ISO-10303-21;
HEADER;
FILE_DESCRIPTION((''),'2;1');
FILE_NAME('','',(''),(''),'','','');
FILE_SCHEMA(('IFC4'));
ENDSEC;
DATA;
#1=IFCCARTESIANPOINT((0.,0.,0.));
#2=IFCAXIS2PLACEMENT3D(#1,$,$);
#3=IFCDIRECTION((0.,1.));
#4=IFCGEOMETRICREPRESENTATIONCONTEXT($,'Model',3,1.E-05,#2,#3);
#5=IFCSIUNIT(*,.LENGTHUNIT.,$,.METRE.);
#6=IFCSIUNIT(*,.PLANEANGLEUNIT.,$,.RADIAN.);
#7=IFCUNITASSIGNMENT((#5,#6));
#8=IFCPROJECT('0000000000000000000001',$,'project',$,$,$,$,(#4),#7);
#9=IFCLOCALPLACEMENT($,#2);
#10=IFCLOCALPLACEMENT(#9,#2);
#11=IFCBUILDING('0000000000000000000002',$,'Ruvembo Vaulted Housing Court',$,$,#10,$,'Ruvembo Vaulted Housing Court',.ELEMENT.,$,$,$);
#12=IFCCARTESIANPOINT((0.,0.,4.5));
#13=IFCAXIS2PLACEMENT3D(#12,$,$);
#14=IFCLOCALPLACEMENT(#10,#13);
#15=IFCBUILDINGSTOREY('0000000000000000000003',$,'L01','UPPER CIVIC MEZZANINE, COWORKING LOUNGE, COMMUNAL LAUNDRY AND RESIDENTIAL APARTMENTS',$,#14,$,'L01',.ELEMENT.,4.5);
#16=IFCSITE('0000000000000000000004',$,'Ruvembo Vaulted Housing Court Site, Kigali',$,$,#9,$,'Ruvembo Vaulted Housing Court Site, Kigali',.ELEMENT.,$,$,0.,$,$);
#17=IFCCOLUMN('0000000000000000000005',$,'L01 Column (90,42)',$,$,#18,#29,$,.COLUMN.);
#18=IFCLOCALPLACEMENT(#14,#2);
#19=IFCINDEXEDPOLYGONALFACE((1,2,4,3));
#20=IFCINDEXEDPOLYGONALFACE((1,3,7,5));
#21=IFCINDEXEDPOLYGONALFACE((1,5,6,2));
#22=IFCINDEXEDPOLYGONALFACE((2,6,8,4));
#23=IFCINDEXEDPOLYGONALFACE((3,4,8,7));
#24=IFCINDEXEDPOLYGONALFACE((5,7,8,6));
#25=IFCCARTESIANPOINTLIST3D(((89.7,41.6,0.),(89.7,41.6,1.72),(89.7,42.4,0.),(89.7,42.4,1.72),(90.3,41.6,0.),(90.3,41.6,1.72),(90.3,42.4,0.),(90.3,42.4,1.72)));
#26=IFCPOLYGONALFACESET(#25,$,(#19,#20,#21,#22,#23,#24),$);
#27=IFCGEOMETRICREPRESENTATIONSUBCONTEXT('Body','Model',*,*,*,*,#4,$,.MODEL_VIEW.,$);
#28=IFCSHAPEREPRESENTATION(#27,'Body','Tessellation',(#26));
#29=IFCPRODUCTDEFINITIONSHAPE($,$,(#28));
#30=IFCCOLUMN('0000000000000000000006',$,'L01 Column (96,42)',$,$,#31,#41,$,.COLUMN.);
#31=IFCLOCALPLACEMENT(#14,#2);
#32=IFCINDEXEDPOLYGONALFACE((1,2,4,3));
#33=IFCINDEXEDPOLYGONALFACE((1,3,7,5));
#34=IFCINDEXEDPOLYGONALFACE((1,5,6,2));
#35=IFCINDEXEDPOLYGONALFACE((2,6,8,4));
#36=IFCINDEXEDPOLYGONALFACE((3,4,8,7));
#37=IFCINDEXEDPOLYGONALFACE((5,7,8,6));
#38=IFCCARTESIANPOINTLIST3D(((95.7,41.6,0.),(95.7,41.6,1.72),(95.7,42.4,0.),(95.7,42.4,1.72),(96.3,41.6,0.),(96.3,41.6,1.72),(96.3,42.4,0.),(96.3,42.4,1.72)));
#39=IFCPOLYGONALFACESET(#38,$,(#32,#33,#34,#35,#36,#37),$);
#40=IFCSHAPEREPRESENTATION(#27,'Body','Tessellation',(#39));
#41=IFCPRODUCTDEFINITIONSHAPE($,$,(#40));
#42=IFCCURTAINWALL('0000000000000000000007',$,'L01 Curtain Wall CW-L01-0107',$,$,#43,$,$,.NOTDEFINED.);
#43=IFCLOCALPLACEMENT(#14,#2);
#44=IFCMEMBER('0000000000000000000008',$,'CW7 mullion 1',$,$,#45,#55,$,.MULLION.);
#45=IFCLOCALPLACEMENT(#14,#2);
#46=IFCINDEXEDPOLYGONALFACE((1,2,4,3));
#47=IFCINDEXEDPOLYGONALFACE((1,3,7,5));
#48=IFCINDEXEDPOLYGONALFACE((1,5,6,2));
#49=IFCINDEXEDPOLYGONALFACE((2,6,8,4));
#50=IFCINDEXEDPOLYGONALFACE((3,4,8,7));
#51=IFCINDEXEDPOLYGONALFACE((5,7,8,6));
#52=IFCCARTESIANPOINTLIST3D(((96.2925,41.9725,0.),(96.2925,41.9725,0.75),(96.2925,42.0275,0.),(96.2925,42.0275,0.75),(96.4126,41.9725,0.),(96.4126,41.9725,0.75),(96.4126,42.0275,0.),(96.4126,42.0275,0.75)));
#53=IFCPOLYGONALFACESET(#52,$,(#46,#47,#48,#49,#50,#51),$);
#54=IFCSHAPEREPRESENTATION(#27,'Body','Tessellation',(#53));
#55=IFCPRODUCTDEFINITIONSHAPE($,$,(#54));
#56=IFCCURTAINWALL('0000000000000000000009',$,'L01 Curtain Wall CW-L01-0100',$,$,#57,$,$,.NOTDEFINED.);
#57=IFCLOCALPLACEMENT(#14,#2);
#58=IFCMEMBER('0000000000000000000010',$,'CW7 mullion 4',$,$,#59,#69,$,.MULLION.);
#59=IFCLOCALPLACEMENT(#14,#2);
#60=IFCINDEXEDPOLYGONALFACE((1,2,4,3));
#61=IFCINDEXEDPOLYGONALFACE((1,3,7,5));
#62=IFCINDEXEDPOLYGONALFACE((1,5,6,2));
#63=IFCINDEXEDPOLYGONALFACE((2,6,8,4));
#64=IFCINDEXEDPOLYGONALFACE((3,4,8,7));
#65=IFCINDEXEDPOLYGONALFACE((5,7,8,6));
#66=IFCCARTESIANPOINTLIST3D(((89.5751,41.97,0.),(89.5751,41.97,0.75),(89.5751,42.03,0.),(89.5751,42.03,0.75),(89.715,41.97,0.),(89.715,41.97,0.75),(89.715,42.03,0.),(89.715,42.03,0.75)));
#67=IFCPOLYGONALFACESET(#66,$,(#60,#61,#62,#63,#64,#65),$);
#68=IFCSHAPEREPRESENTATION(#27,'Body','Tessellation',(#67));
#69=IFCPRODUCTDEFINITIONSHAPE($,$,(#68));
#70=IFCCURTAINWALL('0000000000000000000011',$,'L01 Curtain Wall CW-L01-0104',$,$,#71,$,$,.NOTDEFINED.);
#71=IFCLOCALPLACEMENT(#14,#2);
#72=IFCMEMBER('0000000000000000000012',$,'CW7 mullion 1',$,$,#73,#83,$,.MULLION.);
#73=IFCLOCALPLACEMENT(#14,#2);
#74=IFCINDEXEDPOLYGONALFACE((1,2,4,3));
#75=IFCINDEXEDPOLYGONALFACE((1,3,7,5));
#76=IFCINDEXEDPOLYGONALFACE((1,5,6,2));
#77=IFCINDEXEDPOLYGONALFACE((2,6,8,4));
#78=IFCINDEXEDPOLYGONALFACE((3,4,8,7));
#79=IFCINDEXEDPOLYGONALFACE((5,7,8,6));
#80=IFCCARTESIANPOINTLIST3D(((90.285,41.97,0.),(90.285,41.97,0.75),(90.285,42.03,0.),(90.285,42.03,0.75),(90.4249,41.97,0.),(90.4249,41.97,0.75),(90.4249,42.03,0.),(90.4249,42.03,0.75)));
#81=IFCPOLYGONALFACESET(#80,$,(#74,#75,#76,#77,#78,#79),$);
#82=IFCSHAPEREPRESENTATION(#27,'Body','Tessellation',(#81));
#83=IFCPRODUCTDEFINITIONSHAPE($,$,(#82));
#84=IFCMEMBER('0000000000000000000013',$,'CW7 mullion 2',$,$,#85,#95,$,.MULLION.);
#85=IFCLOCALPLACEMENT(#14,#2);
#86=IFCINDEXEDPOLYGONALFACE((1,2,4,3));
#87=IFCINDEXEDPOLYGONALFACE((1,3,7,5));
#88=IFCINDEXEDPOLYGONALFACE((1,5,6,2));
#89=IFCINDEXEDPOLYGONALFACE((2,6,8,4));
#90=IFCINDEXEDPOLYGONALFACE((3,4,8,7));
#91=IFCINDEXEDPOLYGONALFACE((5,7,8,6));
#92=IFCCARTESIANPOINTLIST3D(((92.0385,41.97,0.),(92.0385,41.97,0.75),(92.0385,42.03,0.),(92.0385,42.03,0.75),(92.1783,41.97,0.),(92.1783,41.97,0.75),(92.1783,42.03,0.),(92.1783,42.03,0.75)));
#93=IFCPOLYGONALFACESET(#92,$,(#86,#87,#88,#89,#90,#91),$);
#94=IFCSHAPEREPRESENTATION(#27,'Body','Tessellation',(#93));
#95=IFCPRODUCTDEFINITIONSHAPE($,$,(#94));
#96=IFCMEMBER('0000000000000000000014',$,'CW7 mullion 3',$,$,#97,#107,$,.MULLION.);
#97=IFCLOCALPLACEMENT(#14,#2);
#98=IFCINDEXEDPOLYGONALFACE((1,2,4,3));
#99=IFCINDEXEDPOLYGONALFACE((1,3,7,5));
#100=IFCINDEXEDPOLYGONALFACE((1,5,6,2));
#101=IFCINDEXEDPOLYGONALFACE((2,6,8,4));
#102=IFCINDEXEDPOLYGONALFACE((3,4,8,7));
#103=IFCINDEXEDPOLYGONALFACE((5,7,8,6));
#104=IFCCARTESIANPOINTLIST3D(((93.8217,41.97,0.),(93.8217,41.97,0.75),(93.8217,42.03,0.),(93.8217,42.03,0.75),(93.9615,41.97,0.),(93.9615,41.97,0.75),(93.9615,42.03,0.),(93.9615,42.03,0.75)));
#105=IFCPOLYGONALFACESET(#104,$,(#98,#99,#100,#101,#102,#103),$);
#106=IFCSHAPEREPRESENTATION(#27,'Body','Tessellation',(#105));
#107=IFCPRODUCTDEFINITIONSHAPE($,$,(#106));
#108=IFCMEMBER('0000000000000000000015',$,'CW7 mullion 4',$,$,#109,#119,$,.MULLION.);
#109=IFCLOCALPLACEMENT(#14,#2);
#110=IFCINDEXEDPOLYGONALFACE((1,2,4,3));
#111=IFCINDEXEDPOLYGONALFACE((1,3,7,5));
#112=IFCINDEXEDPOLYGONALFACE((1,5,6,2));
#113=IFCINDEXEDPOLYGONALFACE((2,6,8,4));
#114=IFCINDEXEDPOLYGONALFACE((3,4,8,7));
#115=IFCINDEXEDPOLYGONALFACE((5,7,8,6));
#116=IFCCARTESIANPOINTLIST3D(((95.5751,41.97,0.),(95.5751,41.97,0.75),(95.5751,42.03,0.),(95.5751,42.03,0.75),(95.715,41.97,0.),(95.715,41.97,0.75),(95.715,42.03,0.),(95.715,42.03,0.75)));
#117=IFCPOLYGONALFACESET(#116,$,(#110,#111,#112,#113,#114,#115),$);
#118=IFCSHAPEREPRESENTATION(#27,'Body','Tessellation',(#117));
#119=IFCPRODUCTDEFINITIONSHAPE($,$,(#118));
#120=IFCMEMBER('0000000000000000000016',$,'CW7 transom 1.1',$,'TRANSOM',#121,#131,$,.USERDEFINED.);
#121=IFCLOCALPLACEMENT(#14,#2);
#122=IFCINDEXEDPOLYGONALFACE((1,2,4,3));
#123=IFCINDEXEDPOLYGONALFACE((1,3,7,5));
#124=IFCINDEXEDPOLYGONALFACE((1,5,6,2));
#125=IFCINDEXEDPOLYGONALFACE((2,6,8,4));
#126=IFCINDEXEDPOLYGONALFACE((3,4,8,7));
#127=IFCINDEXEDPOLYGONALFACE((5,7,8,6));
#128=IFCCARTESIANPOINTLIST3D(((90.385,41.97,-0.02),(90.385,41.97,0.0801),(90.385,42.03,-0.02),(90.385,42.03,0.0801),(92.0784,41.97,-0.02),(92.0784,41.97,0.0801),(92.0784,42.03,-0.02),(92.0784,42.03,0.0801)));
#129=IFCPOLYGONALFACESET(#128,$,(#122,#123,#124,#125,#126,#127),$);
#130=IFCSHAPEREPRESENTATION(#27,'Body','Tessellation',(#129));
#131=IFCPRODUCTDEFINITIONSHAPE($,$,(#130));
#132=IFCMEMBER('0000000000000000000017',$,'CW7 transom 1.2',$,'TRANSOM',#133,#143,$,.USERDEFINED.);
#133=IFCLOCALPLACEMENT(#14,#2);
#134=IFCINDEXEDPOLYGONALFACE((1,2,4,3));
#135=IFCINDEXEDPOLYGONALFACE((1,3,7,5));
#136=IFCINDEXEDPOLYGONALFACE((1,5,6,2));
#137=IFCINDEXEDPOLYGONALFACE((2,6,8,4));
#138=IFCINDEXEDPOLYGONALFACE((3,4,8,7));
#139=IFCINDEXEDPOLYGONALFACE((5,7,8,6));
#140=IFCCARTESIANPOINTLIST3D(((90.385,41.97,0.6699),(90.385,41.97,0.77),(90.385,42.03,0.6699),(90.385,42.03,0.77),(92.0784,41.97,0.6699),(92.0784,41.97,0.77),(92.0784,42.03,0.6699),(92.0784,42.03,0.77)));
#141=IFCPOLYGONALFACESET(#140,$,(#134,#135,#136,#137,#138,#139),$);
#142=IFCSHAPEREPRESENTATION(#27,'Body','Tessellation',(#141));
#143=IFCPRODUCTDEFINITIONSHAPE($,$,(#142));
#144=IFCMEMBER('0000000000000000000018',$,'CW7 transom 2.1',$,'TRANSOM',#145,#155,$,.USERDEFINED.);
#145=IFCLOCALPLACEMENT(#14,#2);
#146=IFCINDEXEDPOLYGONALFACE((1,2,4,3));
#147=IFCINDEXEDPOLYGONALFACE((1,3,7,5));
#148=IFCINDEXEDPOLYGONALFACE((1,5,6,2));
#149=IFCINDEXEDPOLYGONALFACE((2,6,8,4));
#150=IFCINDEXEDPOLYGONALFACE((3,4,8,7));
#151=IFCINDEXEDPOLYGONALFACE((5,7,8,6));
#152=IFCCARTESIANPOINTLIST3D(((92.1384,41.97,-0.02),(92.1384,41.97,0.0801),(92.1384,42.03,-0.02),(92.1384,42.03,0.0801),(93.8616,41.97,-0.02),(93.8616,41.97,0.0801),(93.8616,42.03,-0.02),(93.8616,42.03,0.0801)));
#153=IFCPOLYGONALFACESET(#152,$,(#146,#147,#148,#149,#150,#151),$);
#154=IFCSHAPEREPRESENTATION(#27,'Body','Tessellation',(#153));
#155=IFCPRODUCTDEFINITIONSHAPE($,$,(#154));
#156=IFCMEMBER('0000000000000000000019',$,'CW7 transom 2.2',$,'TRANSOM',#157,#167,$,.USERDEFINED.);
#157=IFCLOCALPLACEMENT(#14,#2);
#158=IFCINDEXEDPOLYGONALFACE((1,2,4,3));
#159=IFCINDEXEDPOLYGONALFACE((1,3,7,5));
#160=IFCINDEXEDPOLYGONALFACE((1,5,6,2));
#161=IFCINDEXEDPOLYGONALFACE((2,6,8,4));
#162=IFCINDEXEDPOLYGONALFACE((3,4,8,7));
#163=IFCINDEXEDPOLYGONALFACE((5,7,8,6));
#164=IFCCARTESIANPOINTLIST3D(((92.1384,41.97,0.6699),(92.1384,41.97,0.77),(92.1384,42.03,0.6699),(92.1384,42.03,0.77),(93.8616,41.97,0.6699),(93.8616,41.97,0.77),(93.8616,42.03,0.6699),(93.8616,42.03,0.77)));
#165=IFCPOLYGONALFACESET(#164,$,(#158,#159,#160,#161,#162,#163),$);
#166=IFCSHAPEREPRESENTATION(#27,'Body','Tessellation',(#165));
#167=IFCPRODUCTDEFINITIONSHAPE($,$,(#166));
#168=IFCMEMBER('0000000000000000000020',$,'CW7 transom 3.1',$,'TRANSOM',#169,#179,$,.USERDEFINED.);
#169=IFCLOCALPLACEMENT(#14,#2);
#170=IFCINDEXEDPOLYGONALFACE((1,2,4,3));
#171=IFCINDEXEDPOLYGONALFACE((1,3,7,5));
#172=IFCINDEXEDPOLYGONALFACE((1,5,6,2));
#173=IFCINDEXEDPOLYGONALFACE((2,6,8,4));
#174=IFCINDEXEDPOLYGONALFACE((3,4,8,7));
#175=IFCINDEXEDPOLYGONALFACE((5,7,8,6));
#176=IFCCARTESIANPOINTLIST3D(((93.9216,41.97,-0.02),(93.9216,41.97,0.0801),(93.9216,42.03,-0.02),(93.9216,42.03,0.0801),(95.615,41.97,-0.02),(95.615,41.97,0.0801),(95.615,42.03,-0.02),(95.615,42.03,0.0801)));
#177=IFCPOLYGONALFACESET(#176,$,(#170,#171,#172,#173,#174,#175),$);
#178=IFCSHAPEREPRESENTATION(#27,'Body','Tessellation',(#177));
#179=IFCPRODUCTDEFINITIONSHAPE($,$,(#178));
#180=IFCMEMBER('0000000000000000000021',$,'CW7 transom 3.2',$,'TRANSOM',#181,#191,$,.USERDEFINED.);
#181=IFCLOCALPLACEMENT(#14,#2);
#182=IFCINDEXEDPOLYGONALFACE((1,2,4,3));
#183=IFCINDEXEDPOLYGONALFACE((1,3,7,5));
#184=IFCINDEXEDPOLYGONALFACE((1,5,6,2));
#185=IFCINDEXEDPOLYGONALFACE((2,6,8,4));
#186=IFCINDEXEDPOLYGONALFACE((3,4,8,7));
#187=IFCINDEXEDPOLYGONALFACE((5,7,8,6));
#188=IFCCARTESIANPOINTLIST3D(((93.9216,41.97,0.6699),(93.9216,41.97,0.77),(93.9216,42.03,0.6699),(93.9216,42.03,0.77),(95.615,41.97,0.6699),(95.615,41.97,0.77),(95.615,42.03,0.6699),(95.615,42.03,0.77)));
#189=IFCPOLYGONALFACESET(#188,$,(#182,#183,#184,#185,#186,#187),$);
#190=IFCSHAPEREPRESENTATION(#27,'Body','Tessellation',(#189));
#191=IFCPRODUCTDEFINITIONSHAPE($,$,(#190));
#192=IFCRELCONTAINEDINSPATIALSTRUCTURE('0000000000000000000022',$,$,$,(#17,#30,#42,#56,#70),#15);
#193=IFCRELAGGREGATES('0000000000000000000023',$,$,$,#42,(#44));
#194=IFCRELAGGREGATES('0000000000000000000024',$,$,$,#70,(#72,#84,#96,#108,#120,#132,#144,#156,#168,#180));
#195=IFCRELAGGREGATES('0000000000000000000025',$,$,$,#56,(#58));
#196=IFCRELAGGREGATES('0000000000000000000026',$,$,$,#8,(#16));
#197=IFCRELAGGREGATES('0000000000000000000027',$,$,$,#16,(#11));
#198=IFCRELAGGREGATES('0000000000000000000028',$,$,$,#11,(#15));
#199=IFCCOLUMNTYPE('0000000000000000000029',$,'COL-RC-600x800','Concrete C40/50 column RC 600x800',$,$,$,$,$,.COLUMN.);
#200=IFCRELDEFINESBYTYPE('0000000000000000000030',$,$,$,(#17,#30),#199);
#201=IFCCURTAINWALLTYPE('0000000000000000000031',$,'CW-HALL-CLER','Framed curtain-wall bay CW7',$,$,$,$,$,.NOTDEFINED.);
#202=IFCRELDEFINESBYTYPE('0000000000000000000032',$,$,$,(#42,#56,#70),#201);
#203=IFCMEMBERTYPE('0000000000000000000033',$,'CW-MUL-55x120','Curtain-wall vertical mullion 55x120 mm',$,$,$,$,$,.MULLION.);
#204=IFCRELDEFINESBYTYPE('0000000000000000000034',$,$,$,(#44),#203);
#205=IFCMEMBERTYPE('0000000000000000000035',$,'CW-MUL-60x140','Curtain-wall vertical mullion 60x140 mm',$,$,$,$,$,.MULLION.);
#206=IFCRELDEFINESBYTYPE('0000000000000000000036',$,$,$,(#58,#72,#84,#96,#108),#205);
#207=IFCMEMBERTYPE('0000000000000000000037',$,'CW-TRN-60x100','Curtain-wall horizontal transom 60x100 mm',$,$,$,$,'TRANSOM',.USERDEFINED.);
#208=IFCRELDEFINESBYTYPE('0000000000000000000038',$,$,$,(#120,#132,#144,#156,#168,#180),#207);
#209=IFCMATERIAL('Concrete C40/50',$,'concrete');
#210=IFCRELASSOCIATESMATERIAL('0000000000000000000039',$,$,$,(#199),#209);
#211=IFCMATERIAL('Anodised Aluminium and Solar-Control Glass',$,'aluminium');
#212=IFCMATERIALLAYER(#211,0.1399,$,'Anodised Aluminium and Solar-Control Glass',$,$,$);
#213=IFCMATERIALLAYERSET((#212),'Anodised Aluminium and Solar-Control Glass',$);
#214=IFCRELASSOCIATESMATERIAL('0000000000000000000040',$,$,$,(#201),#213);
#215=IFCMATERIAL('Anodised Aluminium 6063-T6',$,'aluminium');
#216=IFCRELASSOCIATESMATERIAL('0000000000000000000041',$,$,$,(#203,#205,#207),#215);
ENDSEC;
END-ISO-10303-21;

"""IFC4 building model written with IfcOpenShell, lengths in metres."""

from ifc_helpers import new_model, si_unit, direction, frame, origin, origin_2d, place, context, subcontext, project, spatial, rectangle, extrude, material, layer, layer_set, material_profile, profile_set, type_object, element, aggregate, save


model = new_model("IFC4")

# Units and contexts
model_context = context("Model", 3, precision=1e-05, world=origin(), true_north=direction((0.0, 1.0)))
body_context = subcontext(model_context, "Body", "Model", "MODEL_VIEW")
ifc_project = project(units=[si_unit("LENGTHUNIT", "METRE"), si_unit("PLANEANGLEUNIT", "RADIAN")], contexts=[model_context])

# Site, building, storey
site_placement = place(None, origin())
site = spatial("IfcSite", under=ifc_project, at=site_placement, Name="Ruvembo Vaulted Housing Court Site, Kigali", LongName="Ruvembo Vaulted Housing Court Site, Kigali", CompositionType="ELEMENT", RefElevation=0.0)
building_placement = place(site_placement, origin())
building = spatial("IfcBuilding", under=site, at=building_placement, Name="Ruvembo Vaulted Housing Court", LongName="Ruvembo Vaulted Housing Court", CompositionType="ELEMENT")
storey_placement = place(building_placement, frame((0.0, 0.0, 4.5)))
storey = spatial("IfcBuildingStorey", under=building, at=storey_placement, Name="L01", Description="UPPER CIVIC MEZZANINE, COWORKING LOUNGE, COMMUNAL LAUNDRY AND RESIDENTIAL APARTMENTS", LongName="L01", CompositionType="ELEMENT", Elevation=4.5)

# Columns
ifc_material_1 = material(Name="Concrete C40/50", Category="concrete")
ifc_material_profile_1 = material_profile(ifc_material_1, rectangle(XDim=0.6001, YDim=0.8, at=origin_2d()), Name="RC 600x800")
ifc_profile_set_1 = profile_set([ifc_material_profile_1], Name="Concrete C40/50")
column_type = type_object("IfcColumnType", Name="COL-RC-600x800", Description="Concrete C40/50 column RC 600x800", PredefinedType="COLUMN", material=ifc_profile_set_1)
for number, where, z_axis, x_axis, name in (
    (1, (90.0, 42.0, 0.0), (0.0, 0.0, 1.0), (1.0, 0.0, 0.0), "L01 Column (90,42)"),
    (2, (96.0, 42.0, 0.0), (0.0, 0.0, 1.0), (1.0, 0.0, 0.0), "L01 Column (96,42)"),
):
    element("IfcColumn", number, at=place(storey_placement, frame(where, z_axis=z_axis, x_axis=x_axis)), inside=storey, type_object=column_type, Name=name, PredefinedType="COLUMN", context=body_context, shape_type="SweptSolid", body=[
        extrude(rectangle(XDim=0.6001, YDim=0.8, at=origin_2d()), origin(), (0.0, 0.0, 1.0), 1.72),
    ])

# Curtain walls, members
ifc_material_2 = material(Name="Anodised Aluminium and Solar-Control Glass", Category="aluminium")
ifc_layer_1 = layer(ifc_material_2, 0.1399, Name="Anodised Aluminium and Solar-Control Glass")
ifc_layer_set_1 = layer_set([ifc_layer_1], Name="Anodised Aluminium and Solar-Control Glass")
curtain_wall_type = type_object("IfcCurtainWallType", Name="CW-HALL-CLER", Description="Framed curtain-wall bay CW7", PredefinedType="NOTDEFINED", material=ifc_layer_set_1)
curtain_wall_1_placement = place(storey_placement, origin())
curtain_wall_1 = element("IfcCurtainWall", 3, at=curtain_wall_1_placement, inside=storey, type_object=curtain_wall_type, Name="L01 Curtain Wall CW-L01-0107", PredefinedType="NOTDEFINED")
ifc_material_3 = material(Name="Anodised Aluminium 6063-T6", Category="aluminium")
ifc_material_profile_2 = material_profile(ifc_material_3, rectangle(XDim=0.0549, YDim=0.1201, at=origin_2d()), Name="ALU 55x120")
ifc_profile_set_2 = profile_set([ifc_material_profile_2], Name="Anodised Aluminium 6063-T6")
member_type_1 = type_object("IfcMemberType", Name="CW-MUL-55x120", Description="Curtain-wall vertical mullion 55x120 mm", PredefinedType="MULLION", material=ifc_profile_set_2)
member_1_placement = place(storey_placement, frame((96.3525, 42.0, 0.0), z_axis=(0.0, 0.0, 1.0), x_axis=(0.0, 1.0, 0.0)))
member_1 = element("IfcMember", 4, at=member_1_placement, type_object=member_type_1, Name="CW7 mullion 1", PredefinedType="MULLION", context=body_context, shape_type="SweptSolid", body=[
    extrude(rectangle(XDim=0.0549, YDim=0.1201, at=origin_2d()), origin(), (0.0, 0.0, 1.0), 0.75),
])
curtain_wall_2_placement = place(storey_placement, origin())
curtain_wall_2 = element("IfcCurtainWall", 5, at=curtain_wall_2_placement, inside=storey, type_object=curtain_wall_type, Name="L01 Curtain Wall CW-L01-0100", PredefinedType="NOTDEFINED")
ifc_material_profile_3 = material_profile(ifc_material_3, rectangle(XDim=0.0601, YDim=0.1399, at=origin_2d()), Name="ALU 60x140")
ifc_profile_set_3 = profile_set([ifc_material_profile_3], Name="Anodised Aluminium 6063-T6")
member_type_2 = type_object("IfcMemberType", Name="CW-MUL-60x140", Description="Curtain-wall vertical mullion 60x140 mm", PredefinedType="MULLION", material=ifc_profile_set_3)
member_2_placement = place(storey_placement, frame((89.645, 42.0, 0.0), z_axis=(0.0, 0.0, 1.0), x_axis=(0.0, 1.0, 0.0)))
member_2 = element("IfcMember", 6, at=member_2_placement, type_object=member_type_2, Name="CW7 mullion 4", PredefinedType="MULLION", context=body_context, shape_type="SweptSolid", body=[
    extrude(rectangle(XDim=0.0601, YDim=0.1399, at=origin_2d()), origin(), (0.0, 0.0, 1.0), 0.75),
])

# Curtain wall, members
curtain_wall_3_placement = place(storey_placement, origin())
curtain_wall_3 = element("IfcCurtainWall", 7, at=curtain_wall_3_placement, inside=storey, type_object=curtain_wall_type, Name="L01 Curtain Wall CW-L01-0104", PredefinedType="NOTDEFINED")
member_3_placement = place(storey_placement, frame((90.355, 42.0, 0.0), z_axis=(0.0, 0.0, 1.0), x_axis=(0.0, 1.0, 0.0)))
member_3 = element("IfcMember", 8, at=member_3_placement, type_object=member_type_2, Name="CW7 mullion 1", PredefinedType="MULLION", context=body_context, shape_type="SweptSolid", body=[
    extrude(rectangle(XDim=0.0601, YDim=0.1399, at=origin_2d()), origin(), (0.0, 0.0, 1.0), 0.75),
])
member_4_placement = place(storey_placement, frame((92.1084, 42.0, 0.0), z_axis=(0.0, 0.0, 1.0), x_axis=(0.0, 1.0, 0.0)))
member_4 = element("IfcMember", 9, at=member_4_placement, type_object=member_type_2, Name="CW7 mullion 2", PredefinedType="MULLION", context=body_context, shape_type="SweptSolid", body=[
    extrude(rectangle(XDim=0.0601, YDim=0.1399, at=origin_2d()), origin(), (0.0, 0.0, 1.0), 0.75),
])
member_5_placement = place(storey_placement, frame((93.8916, 42.0, 0.0), z_axis=(0.0, 0.0, 1.0), x_axis=(0.0, 1.0, 0.0)))
member_5 = element("IfcMember", 10, at=member_5_placement, type_object=member_type_2, Name="CW7 mullion 3", PredefinedType="MULLION", context=body_context, shape_type="SweptSolid", body=[
    extrude(rectangle(XDim=0.0601, YDim=0.1399, at=origin_2d()), origin(), (0.0, 0.0, 1.0), 0.75),
])
member_6_placement = place(storey_placement, frame((95.645, 42.0, 0.0), z_axis=(0.0, 0.0, 1.0), x_axis=(0.0, 1.0, 0.0)))
member_6 = element("IfcMember", 11, at=member_6_placement, type_object=member_type_2, Name="CW7 mullion 4", PredefinedType="MULLION", context=body_context, shape_type="SweptSolid", body=[
    extrude(rectangle(XDim=0.0601, YDim=0.1399, at=origin_2d()), origin(), (0.0, 0.0, 1.0), 0.75),
])
ifc_material_profile_4 = material_profile(ifc_material_3, rectangle(XDim=0.0601, YDim=0.1001, at=origin_2d()), Name="ALU 60x100")
ifc_profile_set_4 = profile_set([ifc_material_profile_4], Name="Anodised Aluminium 6063-T6")
member_type_3 = type_object("IfcMemberType", Name="CW-TRN-60x100", Description="Curtain-wall horizontal transom 60x100 mm", ElementType="TRANSOM", PredefinedType="USERDEFINED", material=ifc_profile_set_4)
member_7_placement = place(storey_placement, frame((90.385, 42.0, 0.03), z_axis=(1.0, 0.0, 0.0), x_axis=(0.0, 1.0, 0.0)))
member_7 = element("IfcMember", 12, at=member_7_placement, type_object=member_type_3, Name="CW7 transom 1.1", ObjectType="TRANSOM", PredefinedType="USERDEFINED", context=body_context, shape_type="SweptSolid", body=[
    extrude(rectangle(XDim=0.0601, YDim=0.1001, at=origin_2d()), origin(), (0.0, 0.0, 1.0), 1.6934),
])
member_8_placement = place(storey_placement, frame((90.385, 42.0, 0.72), z_axis=(1.0, 0.0, 0.0), x_axis=(0.0, 1.0, 0.0)))
member_8 = element("IfcMember", 13, at=member_8_placement, type_object=member_type_3, Name="CW7 transom 1.2", ObjectType="TRANSOM", PredefinedType="USERDEFINED", context=body_context, shape_type="SweptSolid", body=[
    extrude(rectangle(XDim=0.0601, YDim=0.1001, at=origin_2d()), origin(), (0.0, 0.0, 1.0), 1.6934),
])
member_9_placement = place(storey_placement, frame((92.1384, 42.0, 0.03), z_axis=(1.0, 0.0, 0.0), x_axis=(0.0, 1.0, 0.0)))
member_9 = element("IfcMember", 14, at=member_9_placement, type_object=member_type_3, Name="CW7 transom 2.1", ObjectType="TRANSOM", PredefinedType="USERDEFINED", context=body_context, shape_type="SweptSolid", body=[
    extrude(rectangle(XDim=0.0601, YDim=0.1001, at=origin_2d()), origin(), (0.0, 0.0, 1.0), 1.7231),
])
member_10_placement = place(storey_placement, frame((92.1384, 42.0, 0.72), z_axis=(1.0, 0.0, 0.0), x_axis=(0.0, 1.0, 0.0)))
member_10 = element("IfcMember", 15, at=member_10_placement, type_object=member_type_3, Name="CW7 transom 2.2", ObjectType="TRANSOM", PredefinedType="USERDEFINED", context=body_context, shape_type="SweptSolid", body=[
    extrude(rectangle(XDim=0.0601, YDim=0.1001, at=origin_2d()), origin(), (0.0, 0.0, 1.0), 1.7231),
])
member_11_placement = place(storey_placement, frame((93.9216, 42.0, 0.03), z_axis=(1.0, 0.0, 0.0), x_axis=(0.0, 1.0, 0.0)))
member_11 = element("IfcMember", 16, at=member_11_placement, type_object=member_type_3, Name="CW7 transom 3.1", ObjectType="TRANSOM", PredefinedType="USERDEFINED", context=body_context, shape_type="SweptSolid", body=[
    extrude(rectangle(XDim=0.0601, YDim=0.1001, at=origin_2d()), origin(), (0.0, 0.0, 1.0), 1.6934),
])
member_12_placement = place(storey_placement, frame((93.9216, 42.0, 0.72), z_axis=(1.0, 0.0, 0.0), x_axis=(0.0, 1.0, 0.0)))
member_12 = element("IfcMember", 17, at=member_12_placement, type_object=member_type_3, Name="CW7 transom 3.2", ObjectType="TRANSOM", PredefinedType="USERDEFINED", context=body_context, shape_type="SweptSolid", body=[
    extrude(rectangle(XDim=0.0601, YDim=0.1001, at=origin_2d()), origin(), (0.0, 0.0, 1.0), 1.6934),
])

aggregate(curtain_wall_1, [member_1])

aggregate(curtain_wall_3, [member_3, member_4, member_5, member_6, member_7, member_8, member_9, member_10, member_11, member_12])
aggregate(curtain_wall_2, [member_2])

save(model, "model.ifc")
